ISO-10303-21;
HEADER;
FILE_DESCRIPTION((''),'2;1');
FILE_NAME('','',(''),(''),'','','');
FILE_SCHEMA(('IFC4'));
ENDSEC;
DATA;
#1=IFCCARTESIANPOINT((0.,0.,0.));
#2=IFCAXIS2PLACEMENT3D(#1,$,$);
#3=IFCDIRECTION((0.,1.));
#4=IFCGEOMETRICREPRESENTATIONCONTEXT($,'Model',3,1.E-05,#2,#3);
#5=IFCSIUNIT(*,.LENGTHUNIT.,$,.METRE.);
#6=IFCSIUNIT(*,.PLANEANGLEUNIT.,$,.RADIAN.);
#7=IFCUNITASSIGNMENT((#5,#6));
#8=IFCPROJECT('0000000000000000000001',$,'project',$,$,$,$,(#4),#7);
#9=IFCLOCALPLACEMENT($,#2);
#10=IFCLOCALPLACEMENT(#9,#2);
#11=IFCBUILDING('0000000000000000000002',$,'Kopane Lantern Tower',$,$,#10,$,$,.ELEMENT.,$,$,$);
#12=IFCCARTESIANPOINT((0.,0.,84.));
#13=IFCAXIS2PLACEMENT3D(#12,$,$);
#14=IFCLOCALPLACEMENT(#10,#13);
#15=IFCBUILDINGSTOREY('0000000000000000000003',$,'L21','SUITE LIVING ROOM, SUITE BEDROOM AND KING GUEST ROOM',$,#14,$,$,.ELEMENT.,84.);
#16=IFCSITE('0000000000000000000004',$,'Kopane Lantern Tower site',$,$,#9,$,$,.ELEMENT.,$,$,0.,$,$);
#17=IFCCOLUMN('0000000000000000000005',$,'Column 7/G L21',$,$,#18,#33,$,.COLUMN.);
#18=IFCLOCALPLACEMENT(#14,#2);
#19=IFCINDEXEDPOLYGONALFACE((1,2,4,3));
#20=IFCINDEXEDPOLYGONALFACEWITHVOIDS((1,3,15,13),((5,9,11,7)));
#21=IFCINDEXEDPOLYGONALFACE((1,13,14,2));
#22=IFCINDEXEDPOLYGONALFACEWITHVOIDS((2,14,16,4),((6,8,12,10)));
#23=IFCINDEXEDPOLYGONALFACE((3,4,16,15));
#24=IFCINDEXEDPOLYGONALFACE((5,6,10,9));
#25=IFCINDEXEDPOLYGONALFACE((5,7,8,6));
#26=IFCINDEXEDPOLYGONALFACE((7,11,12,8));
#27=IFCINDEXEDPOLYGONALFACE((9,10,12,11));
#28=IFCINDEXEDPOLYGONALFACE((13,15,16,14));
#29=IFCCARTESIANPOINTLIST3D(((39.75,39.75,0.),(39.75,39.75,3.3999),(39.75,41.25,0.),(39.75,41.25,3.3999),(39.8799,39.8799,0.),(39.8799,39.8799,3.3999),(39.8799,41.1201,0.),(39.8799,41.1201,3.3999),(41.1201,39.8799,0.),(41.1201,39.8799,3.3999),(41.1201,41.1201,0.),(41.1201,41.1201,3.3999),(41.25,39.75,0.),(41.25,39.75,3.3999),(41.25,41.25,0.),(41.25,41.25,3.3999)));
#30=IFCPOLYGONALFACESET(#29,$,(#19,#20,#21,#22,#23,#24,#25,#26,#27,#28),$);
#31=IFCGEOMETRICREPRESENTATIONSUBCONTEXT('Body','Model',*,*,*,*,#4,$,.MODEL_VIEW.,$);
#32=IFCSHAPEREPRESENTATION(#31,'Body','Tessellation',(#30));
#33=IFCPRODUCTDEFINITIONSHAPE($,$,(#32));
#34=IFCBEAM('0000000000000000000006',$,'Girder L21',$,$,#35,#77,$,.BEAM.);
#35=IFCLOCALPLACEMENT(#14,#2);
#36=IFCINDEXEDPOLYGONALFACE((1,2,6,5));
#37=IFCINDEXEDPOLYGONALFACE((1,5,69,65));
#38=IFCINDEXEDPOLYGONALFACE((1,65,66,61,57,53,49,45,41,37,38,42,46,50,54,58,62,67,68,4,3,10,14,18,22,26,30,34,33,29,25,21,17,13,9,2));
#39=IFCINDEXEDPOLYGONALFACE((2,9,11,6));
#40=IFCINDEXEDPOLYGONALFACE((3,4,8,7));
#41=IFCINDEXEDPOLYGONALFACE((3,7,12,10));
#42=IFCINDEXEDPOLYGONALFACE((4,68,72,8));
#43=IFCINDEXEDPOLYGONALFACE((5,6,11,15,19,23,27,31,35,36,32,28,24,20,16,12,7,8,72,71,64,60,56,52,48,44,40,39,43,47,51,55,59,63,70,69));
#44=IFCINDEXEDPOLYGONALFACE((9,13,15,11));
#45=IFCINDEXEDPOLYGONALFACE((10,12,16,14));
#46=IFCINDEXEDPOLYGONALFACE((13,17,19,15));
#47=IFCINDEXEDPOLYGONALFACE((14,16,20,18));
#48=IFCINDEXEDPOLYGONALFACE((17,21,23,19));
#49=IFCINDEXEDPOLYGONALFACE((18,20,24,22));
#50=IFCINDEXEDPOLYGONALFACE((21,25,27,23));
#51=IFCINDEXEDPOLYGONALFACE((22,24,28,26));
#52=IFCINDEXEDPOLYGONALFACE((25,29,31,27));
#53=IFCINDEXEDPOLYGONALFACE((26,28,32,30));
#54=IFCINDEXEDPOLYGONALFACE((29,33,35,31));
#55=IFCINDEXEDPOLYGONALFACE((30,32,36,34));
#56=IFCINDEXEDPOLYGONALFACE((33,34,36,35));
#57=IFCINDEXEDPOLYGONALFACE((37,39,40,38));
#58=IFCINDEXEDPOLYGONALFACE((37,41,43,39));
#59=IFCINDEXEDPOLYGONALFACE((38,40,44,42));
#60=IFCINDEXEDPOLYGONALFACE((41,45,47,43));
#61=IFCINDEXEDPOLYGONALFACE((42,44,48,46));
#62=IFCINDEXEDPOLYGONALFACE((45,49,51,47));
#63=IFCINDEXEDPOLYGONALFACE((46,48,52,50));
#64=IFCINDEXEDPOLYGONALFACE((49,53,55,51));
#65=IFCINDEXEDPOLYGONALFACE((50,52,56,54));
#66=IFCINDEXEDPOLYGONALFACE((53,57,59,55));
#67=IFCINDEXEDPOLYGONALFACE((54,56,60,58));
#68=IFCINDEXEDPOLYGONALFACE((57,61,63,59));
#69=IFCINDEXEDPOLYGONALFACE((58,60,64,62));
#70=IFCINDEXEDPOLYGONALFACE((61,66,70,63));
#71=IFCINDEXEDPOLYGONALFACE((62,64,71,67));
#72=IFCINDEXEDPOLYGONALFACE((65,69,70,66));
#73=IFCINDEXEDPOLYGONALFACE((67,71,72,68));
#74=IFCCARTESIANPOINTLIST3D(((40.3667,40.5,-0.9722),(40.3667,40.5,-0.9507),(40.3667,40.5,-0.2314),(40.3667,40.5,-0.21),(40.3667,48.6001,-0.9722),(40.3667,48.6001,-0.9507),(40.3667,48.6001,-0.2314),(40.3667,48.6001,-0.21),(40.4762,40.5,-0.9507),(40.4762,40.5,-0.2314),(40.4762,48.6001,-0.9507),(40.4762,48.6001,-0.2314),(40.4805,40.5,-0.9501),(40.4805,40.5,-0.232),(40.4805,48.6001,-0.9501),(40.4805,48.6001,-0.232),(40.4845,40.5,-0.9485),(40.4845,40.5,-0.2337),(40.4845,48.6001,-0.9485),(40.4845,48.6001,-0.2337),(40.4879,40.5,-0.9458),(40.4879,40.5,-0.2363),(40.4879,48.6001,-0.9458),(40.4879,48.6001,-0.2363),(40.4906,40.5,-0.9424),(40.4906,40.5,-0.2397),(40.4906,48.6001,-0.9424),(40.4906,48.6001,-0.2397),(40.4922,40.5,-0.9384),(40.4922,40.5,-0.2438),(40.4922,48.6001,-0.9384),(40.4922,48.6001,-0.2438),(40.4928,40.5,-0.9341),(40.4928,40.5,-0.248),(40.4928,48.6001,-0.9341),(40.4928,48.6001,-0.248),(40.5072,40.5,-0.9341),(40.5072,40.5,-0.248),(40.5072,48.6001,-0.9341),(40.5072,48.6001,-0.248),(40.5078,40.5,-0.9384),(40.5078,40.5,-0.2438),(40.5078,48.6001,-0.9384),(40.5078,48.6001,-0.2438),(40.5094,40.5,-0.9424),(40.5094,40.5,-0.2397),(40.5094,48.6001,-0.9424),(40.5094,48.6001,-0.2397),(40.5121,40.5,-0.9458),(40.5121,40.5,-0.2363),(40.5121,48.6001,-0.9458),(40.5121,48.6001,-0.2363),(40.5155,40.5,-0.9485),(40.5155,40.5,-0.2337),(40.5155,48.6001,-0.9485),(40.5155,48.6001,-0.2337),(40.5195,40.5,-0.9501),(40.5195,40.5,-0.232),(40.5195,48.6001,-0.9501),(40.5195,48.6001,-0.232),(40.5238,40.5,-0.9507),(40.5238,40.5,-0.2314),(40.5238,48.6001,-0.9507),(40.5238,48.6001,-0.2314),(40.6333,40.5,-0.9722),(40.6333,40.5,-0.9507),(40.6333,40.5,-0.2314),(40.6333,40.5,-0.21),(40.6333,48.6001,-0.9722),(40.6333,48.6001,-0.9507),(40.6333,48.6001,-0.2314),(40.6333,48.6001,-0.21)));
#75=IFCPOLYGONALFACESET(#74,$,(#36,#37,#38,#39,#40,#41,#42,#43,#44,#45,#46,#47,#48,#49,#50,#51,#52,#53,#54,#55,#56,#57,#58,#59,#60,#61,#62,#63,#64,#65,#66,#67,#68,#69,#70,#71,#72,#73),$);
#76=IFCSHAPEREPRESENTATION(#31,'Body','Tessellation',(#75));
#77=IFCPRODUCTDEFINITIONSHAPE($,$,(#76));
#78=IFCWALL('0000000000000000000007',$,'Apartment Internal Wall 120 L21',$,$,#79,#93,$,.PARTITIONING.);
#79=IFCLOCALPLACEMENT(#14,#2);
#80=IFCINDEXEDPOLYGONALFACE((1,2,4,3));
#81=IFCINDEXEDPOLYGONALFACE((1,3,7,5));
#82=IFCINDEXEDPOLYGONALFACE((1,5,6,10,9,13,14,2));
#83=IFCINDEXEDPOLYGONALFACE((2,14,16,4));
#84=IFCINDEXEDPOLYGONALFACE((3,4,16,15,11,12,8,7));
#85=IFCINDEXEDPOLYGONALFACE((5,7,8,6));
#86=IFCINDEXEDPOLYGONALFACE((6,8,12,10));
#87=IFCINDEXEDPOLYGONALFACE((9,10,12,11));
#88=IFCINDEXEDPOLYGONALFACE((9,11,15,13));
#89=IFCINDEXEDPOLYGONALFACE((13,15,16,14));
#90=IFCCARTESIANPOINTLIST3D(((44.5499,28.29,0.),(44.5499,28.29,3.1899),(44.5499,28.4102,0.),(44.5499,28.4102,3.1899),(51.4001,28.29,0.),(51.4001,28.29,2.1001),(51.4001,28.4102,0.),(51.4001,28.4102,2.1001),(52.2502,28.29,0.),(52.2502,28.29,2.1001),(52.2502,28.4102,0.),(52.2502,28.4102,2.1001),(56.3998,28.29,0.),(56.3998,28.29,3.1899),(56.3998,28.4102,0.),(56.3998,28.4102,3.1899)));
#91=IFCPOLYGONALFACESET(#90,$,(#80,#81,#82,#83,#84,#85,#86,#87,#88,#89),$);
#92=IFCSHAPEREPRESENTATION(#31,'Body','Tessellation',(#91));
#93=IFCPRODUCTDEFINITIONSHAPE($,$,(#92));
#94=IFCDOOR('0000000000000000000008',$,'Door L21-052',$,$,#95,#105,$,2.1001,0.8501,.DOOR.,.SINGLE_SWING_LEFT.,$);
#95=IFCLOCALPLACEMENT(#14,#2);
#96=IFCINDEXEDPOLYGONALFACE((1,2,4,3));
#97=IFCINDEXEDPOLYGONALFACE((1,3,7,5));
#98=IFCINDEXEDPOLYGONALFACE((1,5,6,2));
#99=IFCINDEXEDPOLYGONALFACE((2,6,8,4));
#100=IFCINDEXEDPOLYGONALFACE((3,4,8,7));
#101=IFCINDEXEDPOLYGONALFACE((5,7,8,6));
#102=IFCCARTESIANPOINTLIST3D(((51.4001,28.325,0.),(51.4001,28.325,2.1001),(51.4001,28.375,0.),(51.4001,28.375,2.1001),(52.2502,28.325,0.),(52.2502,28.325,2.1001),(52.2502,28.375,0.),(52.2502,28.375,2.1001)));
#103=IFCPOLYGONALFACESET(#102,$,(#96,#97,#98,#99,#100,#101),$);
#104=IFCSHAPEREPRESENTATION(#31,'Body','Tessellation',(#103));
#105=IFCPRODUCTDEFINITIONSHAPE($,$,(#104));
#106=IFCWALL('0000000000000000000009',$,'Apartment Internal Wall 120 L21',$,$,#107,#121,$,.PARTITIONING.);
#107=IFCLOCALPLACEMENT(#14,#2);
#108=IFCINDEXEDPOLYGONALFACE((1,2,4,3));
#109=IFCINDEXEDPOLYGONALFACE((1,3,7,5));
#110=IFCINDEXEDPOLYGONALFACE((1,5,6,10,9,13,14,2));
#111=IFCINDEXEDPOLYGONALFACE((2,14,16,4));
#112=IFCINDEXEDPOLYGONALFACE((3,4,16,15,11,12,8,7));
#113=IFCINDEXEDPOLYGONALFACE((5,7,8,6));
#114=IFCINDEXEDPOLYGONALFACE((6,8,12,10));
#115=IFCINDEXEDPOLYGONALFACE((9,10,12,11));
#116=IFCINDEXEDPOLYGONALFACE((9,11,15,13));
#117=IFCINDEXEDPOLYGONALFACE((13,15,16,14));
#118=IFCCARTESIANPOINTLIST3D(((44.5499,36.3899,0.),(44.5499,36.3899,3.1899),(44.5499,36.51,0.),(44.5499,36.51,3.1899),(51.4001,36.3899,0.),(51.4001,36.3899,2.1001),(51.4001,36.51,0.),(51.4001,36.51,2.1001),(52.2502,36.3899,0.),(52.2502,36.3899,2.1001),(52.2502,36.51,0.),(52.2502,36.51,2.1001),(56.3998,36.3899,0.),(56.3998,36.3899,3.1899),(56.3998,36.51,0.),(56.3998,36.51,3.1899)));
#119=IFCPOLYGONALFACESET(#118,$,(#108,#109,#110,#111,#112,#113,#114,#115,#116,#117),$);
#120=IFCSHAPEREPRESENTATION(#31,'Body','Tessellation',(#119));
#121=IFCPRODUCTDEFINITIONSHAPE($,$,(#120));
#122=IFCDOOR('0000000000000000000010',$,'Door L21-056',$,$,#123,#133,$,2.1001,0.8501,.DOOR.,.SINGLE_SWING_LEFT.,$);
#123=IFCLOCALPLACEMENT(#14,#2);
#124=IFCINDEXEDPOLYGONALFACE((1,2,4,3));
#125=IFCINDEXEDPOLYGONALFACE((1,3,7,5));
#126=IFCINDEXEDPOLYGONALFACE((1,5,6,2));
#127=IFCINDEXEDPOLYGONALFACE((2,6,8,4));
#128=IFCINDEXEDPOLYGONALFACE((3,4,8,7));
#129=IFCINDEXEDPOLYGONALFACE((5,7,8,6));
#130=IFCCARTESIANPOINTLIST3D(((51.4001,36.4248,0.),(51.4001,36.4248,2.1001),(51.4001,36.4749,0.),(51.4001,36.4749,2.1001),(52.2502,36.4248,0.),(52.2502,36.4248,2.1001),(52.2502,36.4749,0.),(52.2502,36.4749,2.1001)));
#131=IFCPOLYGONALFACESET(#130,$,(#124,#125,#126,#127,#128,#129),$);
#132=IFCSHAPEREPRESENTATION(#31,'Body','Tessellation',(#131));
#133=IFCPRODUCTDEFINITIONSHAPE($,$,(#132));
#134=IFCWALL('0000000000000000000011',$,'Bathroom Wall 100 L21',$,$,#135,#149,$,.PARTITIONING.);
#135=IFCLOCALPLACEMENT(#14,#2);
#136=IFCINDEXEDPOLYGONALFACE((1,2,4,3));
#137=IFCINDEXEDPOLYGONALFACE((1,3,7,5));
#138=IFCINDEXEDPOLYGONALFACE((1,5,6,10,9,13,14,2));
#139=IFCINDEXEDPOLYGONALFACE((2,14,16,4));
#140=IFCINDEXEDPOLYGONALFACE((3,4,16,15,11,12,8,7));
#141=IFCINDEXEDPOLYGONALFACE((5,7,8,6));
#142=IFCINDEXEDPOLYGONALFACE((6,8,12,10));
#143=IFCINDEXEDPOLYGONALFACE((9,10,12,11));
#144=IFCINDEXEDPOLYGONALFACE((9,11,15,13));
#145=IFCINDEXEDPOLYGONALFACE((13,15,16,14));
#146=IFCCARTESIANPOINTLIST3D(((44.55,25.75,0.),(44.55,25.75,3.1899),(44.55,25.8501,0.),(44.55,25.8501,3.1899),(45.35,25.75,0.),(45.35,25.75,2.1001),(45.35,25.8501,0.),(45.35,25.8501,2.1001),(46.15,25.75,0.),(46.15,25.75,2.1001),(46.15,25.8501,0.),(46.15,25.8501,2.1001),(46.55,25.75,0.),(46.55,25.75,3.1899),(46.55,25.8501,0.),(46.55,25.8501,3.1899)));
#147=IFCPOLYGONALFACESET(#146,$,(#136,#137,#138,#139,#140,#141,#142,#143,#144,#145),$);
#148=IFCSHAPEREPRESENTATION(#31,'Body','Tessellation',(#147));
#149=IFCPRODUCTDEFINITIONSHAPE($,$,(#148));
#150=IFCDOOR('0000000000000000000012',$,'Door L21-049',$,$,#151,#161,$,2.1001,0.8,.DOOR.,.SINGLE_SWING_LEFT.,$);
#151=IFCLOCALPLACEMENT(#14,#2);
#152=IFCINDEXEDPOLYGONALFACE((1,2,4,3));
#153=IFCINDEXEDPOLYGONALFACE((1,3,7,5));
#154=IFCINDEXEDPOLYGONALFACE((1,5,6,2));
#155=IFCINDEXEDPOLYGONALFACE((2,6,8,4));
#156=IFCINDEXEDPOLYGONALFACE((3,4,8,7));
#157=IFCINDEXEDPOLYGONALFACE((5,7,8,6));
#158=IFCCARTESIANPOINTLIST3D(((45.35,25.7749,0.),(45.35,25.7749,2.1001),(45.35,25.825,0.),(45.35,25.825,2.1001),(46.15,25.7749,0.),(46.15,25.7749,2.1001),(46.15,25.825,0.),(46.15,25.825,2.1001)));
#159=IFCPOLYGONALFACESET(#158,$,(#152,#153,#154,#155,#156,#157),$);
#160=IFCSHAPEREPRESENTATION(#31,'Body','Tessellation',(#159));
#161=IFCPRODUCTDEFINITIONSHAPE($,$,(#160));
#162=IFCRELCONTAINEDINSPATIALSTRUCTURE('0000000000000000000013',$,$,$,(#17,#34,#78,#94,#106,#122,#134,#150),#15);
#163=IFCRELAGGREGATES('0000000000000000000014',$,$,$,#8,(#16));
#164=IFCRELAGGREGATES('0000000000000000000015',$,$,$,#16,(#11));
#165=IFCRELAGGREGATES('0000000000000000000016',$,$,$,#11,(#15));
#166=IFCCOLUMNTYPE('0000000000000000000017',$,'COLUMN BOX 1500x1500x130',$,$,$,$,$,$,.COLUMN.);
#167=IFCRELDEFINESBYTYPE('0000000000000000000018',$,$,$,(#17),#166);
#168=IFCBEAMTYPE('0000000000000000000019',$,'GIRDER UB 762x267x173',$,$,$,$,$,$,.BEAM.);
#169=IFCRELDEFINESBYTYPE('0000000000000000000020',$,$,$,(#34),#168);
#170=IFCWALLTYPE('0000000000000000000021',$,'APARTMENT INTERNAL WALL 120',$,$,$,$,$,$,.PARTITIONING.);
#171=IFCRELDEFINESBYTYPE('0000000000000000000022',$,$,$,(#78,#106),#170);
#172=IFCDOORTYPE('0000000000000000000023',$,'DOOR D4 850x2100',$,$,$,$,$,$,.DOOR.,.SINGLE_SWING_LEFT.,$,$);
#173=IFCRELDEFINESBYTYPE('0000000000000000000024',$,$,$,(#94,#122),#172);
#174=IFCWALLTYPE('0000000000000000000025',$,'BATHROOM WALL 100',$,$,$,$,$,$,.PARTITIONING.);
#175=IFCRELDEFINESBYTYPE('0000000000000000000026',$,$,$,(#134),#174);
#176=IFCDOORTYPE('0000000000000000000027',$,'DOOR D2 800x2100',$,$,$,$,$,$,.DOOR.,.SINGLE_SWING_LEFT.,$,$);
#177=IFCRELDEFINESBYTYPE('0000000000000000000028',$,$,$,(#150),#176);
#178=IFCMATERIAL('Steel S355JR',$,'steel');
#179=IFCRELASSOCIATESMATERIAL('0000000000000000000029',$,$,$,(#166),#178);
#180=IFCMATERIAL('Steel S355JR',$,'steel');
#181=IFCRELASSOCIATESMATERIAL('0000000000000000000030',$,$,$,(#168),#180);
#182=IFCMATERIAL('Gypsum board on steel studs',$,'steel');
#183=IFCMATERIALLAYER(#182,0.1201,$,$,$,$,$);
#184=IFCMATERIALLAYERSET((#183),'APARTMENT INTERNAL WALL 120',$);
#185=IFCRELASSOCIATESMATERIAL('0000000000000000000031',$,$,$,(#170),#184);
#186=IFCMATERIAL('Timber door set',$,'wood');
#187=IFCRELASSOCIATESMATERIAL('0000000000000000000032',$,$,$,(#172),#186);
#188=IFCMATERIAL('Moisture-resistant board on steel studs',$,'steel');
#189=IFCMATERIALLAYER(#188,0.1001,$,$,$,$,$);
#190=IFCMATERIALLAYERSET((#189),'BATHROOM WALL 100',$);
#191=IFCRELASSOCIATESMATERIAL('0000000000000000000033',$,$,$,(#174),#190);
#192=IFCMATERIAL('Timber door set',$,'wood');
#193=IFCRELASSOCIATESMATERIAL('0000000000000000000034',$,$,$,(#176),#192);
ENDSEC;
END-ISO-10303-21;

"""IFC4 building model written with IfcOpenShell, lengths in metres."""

from ifc_helpers import new_model, si_unit, direction, frame, frame_2d, origin, origin_2d, place, context, subcontext, project, spatial, rectangle, hollow_rectangle, i_section, extrude, material, layer, layer_set, material_profile, profile_set, type_object, element, fill, save


model = new_model("IFC4")

# Units and contexts
model_context = context("Model", 3, precision=1e-05, world=origin(), true_north=direction((0.0, 1.0)))
body_context = subcontext(model_context, "Body", "Model", "MODEL_VIEW")
ifc_project = project(units=[si_unit("LENGTHUNIT", "METRE"), si_unit("PLANEANGLEUNIT", "RADIAN")], contexts=[model_context])

# Site, building, storey
site_placement = place(None, origin())
site = spatial("IfcSite", under=ifc_project, at=site_placement, Name="Kopane Lantern Tower site", CompositionType="ELEMENT", RefElevation=0.0)
building_placement = place(site_placement, origin())
building = spatial("IfcBuilding", under=site, at=building_placement, Name="Kopane Lantern Tower", CompositionType="ELEMENT")
storey_placement = place(building_placement, frame((0.0, 0.0, 84.0)))
storey = spatial("IfcBuildingStorey", under=building, at=storey_placement, Name="L21", Description="SUITE LIVING ROOM, SUITE BEDROOM AND KING GUEST ROOM", CompositionType="ELEMENT", Elevation=84.0)

# Column
ifc_material_1 = material(Name="Steel S355JR", Category="steel")
ifc_material_profile_1 = material_profile(ifc_material_1, hollow_rectangle(XDim=1.5, YDim=1.5, WallThickness=0.1299, at=origin_2d()), Name="BOX 1500x1500x130")
ifc_profile_set_1 = profile_set([ifc_material_profile_1], Name="Steel S355JR")
column_type = type_object("IfcColumnType", Name="COLUMN BOX 1500x1500x130", PredefinedType="COLUMN", material=ifc_profile_set_1)
column_placement = place(storey_placement, frame((40.5, 40.5, 0.0), z_axis=(0.0, 0.0, 1.0), x_axis=(1.0, 0.0, 0.0)))
element("IfcColumn", 1, at=column_placement, inside=storey, type_object=column_type, Name="Column 7/G L21", PredefinedType="COLUMN", context=body_context, shape_type="SweptSolid", body=[
    extrude(hollow_rectangle(XDim=1.5, YDim=1.5, WallThickness=0.1299, at=origin_2d()), origin(), (0.0, 0.0, 1.0), 3.3999),
])

# Beam
ifc_material_2 = material(Name="Steel S355JR", Category="steel")
ifc_material_profile_2 = material_profile(ifc_material_2, i_section(OverallWidth=0.2666, OverallDepth=0.7622, WebThickness=0.0144, FlangeThickness=0.0215, FilletRadius=0.0166, at=origin_2d()), Name="UB 762x267x173")
ifc_profile_set_2 = profile_set([ifc_material_profile_2], Name="Steel S355JR")
beam_type = type_object("IfcBeamType", Name="GIRDER UB 762x267x173", PredefinedType="BEAM", material=ifc_profile_set_2)
beam_placement = place(storey_placement, frame((40.5, 40.5, -0.5911), z_axis=(0.0, 1.0, 0.0), x_axis=(-1.0, 0.0, 0.0)))
element("IfcBeam", 2, at=beam_placement, inside=storey, type_object=beam_type, Name="Girder L21", PredefinedType="BEAM", context=body_context, shape_type="SweptSolid", body=[
    extrude(i_section(OverallWidth=0.2666, OverallDepth=0.7622, WebThickness=0.0144, FlangeThickness=0.0215, FilletRadius=0.0166, at=origin_2d()), origin(), (0.0, 0.0, 1.0), 8.1001),
])

# Walls, openings, doors
ifc_material_3 = material(Name="Gypsum board on steel studs", Category="steel")
ifc_layer_1 = layer(ifc_material_3, 0.1201)
ifc_layer_set_1 = layer_set([ifc_layer_1], Name="APARTMENT INTERNAL WALL 120")
wall_type_1 = type_object("IfcWallType", Name="APARTMENT INTERNAL WALL 120", PredefinedType="PARTITIONING", material=ifc_layer_set_1)
wall_1_placement = place(storey_placement, frame((44.55, 28.3501, 0.0), z_axis=(0.0, 0.0, 1.0), x_axis=(1.0, 0.0, 0.0)))
wall_1 = element("IfcWall", 3, at=wall_1_placement, inside=storey, type_object=wall_type_1, Name="Apartment Internal Wall 120 L21", PredefinedType="PARTITIONING", context=body_context, shape_type="SweptSolid", body=[
    extrude(rectangle(XDim=11.8499, YDim=0.1201, at=frame_2d((5.9248, 0.0))), origin(), (0.0, 0.0, 1.0), 3.1899),
])
opening_1_placement = place(wall_1_placement, frame((6.8501, 0.0, 0.0)))
opening_1 = element("IfcOpeningElement", 4, at=opening_1_placement, cuts=wall_1, PredefinedType="OPENING", context=body_context, shape_type="SweptSolid", body=[
    extrude(rectangle(XDim=0.8501, YDim=2.1001, at=frame_2d((0.425, 1.05))), frame((0.0, 0.0701, 0.0), z_axis=(0.0, -1.0, 0.0), x_axis=(1.0, 0.0, 0.0)), (0.0, 0.0, 1.0), 0.1401),
])
ifc_material_4 = material(Name="Timber door set", Category="wood")
door_type_1 = type_object("IfcDoorType", Name="DOOR D4 850x2100", OperationType="SINGLE_SWING_LEFT", PredefinedType="DOOR", material=ifc_material_4)
door_1_placement = place(opening_1_placement, origin())
door_1 = element("IfcDoor", 5, at=door_1_placement, inside=storey, type_object=door_type_1, Name="Door L21-052", OperationType="SINGLE_SWING_LEFT", OverallHeight=2.1001, OverallWidth=0.8501, PredefinedType="DOOR", context=body_context, shape_type="SweptSolid", body=[
    extrude(rectangle(XDim=0.8501, YDim=2.1001, at=frame_2d((0.425, 1.05))), frame((0.0, 0.0249, 0.0), z_axis=(0.0, -1.0, 0.0), x_axis=(1.0, 0.0, 0.0)), (0.0, 0.0, 1.0), 0.05),
])
fill(opening_1, door_1)
wall_2_placement = place(storey_placement, frame((44.55, 36.45, 0.0), z_axis=(0.0, 0.0, 1.0), x_axis=(1.0, 0.0, 0.0)))
wall_2 = element("IfcWall", 6, at=wall_2_placement, inside=storey, type_object=wall_type_1, Name="Apartment Internal Wall 120 L21", PredefinedType="PARTITIONING", context=body_context, shape_type="SweptSolid", body=[
    extrude(rectangle(XDim=11.8499, YDim=0.1201, at=frame_2d((5.9248, 0.0))), origin(), (0.0, 0.0, 1.0), 3.1899),
])
opening_2_placement = place(wall_2_placement, frame((6.8501, 0.0, 0.0)))
opening_2 = element("IfcOpeningElement", 7, at=opening_2_placement, cuts=wall_2, PredefinedType="OPENING", context=body_context, shape_type="SweptSolid", body=[
    extrude(rectangle(XDim=0.8501, YDim=2.1001, at=frame_2d((0.425, 1.05))), frame((0.0, 0.0701, 0.0), z_axis=(0.0, -1.0, 0.0), x_axis=(1.0, 0.0, 0.0)), (0.0, 0.0, 1.0), 0.1401),
])
door_2_placement = place(opening_2_placement, origin())
door_2 = element("IfcDoor", 8, at=door_2_placement, inside=storey, type_object=door_type_1, Name="Door L21-056", OperationType="SINGLE_SWING_LEFT", OverallHeight=2.1001, OverallWidth=0.8501, PredefinedType="DOOR", context=body_context, shape_type="SweptSolid", body=[
    extrude(rectangle(XDim=0.8501, YDim=2.1001, at=frame_2d((0.425, 1.05))), frame((0.0, 0.0249, 0.0), z_axis=(0.0, -1.0, 0.0), x_axis=(1.0, 0.0, 0.0)), (0.0, 0.0, 1.0), 0.05),
])
fill(opening_2, door_2)
ifc_material_5 = material(Name="Moisture-resistant board on steel studs", Category="steel")
ifc_layer_2 = layer(ifc_material_5, 0.1001)
ifc_layer_set_2 = layer_set([ifc_layer_2], Name="BATHROOM WALL 100")
wall_type_2 = type_object("IfcWallType", Name="BATHROOM WALL 100", PredefinedType="PARTITIONING", material=ifc_layer_set_2)
wall_3_placement = place(storey_placement, frame((44.55, 25.8, 0.0), z_axis=(0.0, 0.0, 1.0), x_axis=(1.0, 0.0, 0.0)))
wall_3 = element("IfcWall", 9, at=wall_3_placement, inside=storey, type_object=wall_type_2, Name="Bathroom Wall 100 L21", PredefinedType="PARTITIONING", context=body_context, shape_type="SweptSolid", body=[
    extrude(rectangle(XDim=2.0, YDim=0.1001, at=frame_2d((1.0, 0.0))), origin(), (0.0, 0.0, 1.0), 3.1899),
])
opening_3_placement = place(wall_3_placement, frame((0.8, 0.0, 0.0)))
opening_3 = element("IfcOpeningElement", 10, at=opening_3_placement, cuts=wall_3, PredefinedType="OPENING", context=body_context, shape_type="SweptSolid", body=[
    extrude(rectangle(XDim=0.8, YDim=2.1001, at=frame_2d((0.3999, 1.05))), frame((0.0, 0.0601, 0.0), z_axis=(0.0, -1.0, 0.0), x_axis=(1.0, 0.0, 0.0)), (0.0, 0.0, 1.0), 0.1201),
])
ifc_material_6 = material(Name="Timber door set", Category="wood")
door_type_2 = type_object("IfcDoorType", Name="DOOR D2 800x2100", OperationType="SINGLE_SWING_LEFT", PredefinedType="DOOR", material=ifc_material_6)
door_3_placement = place(opening_3_placement, origin())
door_3 = element("IfcDoor", 11, at=door_3_placement, inside=storey, type_object=door_type_2, Name="Door L21-049", OperationType="SINGLE_SWING_LEFT", OverallHeight=2.1001, OverallWidth=0.8, PredefinedType="DOOR", context=body_context, shape_type="SweptSolid", body=[
    extrude(rectangle(XDim=0.8, YDim=2.1001, at=frame_2d((0.3999, 1.05))), frame((0.0, 0.0249, 0.0), z_axis=(0.0, -1.0, 0.0), x_axis=(1.0, 0.0, 0.0)), (0.0, 0.0, 1.0), 0.05),
])
fill(opening_3, door_3)

save(model, "model.ifc")
